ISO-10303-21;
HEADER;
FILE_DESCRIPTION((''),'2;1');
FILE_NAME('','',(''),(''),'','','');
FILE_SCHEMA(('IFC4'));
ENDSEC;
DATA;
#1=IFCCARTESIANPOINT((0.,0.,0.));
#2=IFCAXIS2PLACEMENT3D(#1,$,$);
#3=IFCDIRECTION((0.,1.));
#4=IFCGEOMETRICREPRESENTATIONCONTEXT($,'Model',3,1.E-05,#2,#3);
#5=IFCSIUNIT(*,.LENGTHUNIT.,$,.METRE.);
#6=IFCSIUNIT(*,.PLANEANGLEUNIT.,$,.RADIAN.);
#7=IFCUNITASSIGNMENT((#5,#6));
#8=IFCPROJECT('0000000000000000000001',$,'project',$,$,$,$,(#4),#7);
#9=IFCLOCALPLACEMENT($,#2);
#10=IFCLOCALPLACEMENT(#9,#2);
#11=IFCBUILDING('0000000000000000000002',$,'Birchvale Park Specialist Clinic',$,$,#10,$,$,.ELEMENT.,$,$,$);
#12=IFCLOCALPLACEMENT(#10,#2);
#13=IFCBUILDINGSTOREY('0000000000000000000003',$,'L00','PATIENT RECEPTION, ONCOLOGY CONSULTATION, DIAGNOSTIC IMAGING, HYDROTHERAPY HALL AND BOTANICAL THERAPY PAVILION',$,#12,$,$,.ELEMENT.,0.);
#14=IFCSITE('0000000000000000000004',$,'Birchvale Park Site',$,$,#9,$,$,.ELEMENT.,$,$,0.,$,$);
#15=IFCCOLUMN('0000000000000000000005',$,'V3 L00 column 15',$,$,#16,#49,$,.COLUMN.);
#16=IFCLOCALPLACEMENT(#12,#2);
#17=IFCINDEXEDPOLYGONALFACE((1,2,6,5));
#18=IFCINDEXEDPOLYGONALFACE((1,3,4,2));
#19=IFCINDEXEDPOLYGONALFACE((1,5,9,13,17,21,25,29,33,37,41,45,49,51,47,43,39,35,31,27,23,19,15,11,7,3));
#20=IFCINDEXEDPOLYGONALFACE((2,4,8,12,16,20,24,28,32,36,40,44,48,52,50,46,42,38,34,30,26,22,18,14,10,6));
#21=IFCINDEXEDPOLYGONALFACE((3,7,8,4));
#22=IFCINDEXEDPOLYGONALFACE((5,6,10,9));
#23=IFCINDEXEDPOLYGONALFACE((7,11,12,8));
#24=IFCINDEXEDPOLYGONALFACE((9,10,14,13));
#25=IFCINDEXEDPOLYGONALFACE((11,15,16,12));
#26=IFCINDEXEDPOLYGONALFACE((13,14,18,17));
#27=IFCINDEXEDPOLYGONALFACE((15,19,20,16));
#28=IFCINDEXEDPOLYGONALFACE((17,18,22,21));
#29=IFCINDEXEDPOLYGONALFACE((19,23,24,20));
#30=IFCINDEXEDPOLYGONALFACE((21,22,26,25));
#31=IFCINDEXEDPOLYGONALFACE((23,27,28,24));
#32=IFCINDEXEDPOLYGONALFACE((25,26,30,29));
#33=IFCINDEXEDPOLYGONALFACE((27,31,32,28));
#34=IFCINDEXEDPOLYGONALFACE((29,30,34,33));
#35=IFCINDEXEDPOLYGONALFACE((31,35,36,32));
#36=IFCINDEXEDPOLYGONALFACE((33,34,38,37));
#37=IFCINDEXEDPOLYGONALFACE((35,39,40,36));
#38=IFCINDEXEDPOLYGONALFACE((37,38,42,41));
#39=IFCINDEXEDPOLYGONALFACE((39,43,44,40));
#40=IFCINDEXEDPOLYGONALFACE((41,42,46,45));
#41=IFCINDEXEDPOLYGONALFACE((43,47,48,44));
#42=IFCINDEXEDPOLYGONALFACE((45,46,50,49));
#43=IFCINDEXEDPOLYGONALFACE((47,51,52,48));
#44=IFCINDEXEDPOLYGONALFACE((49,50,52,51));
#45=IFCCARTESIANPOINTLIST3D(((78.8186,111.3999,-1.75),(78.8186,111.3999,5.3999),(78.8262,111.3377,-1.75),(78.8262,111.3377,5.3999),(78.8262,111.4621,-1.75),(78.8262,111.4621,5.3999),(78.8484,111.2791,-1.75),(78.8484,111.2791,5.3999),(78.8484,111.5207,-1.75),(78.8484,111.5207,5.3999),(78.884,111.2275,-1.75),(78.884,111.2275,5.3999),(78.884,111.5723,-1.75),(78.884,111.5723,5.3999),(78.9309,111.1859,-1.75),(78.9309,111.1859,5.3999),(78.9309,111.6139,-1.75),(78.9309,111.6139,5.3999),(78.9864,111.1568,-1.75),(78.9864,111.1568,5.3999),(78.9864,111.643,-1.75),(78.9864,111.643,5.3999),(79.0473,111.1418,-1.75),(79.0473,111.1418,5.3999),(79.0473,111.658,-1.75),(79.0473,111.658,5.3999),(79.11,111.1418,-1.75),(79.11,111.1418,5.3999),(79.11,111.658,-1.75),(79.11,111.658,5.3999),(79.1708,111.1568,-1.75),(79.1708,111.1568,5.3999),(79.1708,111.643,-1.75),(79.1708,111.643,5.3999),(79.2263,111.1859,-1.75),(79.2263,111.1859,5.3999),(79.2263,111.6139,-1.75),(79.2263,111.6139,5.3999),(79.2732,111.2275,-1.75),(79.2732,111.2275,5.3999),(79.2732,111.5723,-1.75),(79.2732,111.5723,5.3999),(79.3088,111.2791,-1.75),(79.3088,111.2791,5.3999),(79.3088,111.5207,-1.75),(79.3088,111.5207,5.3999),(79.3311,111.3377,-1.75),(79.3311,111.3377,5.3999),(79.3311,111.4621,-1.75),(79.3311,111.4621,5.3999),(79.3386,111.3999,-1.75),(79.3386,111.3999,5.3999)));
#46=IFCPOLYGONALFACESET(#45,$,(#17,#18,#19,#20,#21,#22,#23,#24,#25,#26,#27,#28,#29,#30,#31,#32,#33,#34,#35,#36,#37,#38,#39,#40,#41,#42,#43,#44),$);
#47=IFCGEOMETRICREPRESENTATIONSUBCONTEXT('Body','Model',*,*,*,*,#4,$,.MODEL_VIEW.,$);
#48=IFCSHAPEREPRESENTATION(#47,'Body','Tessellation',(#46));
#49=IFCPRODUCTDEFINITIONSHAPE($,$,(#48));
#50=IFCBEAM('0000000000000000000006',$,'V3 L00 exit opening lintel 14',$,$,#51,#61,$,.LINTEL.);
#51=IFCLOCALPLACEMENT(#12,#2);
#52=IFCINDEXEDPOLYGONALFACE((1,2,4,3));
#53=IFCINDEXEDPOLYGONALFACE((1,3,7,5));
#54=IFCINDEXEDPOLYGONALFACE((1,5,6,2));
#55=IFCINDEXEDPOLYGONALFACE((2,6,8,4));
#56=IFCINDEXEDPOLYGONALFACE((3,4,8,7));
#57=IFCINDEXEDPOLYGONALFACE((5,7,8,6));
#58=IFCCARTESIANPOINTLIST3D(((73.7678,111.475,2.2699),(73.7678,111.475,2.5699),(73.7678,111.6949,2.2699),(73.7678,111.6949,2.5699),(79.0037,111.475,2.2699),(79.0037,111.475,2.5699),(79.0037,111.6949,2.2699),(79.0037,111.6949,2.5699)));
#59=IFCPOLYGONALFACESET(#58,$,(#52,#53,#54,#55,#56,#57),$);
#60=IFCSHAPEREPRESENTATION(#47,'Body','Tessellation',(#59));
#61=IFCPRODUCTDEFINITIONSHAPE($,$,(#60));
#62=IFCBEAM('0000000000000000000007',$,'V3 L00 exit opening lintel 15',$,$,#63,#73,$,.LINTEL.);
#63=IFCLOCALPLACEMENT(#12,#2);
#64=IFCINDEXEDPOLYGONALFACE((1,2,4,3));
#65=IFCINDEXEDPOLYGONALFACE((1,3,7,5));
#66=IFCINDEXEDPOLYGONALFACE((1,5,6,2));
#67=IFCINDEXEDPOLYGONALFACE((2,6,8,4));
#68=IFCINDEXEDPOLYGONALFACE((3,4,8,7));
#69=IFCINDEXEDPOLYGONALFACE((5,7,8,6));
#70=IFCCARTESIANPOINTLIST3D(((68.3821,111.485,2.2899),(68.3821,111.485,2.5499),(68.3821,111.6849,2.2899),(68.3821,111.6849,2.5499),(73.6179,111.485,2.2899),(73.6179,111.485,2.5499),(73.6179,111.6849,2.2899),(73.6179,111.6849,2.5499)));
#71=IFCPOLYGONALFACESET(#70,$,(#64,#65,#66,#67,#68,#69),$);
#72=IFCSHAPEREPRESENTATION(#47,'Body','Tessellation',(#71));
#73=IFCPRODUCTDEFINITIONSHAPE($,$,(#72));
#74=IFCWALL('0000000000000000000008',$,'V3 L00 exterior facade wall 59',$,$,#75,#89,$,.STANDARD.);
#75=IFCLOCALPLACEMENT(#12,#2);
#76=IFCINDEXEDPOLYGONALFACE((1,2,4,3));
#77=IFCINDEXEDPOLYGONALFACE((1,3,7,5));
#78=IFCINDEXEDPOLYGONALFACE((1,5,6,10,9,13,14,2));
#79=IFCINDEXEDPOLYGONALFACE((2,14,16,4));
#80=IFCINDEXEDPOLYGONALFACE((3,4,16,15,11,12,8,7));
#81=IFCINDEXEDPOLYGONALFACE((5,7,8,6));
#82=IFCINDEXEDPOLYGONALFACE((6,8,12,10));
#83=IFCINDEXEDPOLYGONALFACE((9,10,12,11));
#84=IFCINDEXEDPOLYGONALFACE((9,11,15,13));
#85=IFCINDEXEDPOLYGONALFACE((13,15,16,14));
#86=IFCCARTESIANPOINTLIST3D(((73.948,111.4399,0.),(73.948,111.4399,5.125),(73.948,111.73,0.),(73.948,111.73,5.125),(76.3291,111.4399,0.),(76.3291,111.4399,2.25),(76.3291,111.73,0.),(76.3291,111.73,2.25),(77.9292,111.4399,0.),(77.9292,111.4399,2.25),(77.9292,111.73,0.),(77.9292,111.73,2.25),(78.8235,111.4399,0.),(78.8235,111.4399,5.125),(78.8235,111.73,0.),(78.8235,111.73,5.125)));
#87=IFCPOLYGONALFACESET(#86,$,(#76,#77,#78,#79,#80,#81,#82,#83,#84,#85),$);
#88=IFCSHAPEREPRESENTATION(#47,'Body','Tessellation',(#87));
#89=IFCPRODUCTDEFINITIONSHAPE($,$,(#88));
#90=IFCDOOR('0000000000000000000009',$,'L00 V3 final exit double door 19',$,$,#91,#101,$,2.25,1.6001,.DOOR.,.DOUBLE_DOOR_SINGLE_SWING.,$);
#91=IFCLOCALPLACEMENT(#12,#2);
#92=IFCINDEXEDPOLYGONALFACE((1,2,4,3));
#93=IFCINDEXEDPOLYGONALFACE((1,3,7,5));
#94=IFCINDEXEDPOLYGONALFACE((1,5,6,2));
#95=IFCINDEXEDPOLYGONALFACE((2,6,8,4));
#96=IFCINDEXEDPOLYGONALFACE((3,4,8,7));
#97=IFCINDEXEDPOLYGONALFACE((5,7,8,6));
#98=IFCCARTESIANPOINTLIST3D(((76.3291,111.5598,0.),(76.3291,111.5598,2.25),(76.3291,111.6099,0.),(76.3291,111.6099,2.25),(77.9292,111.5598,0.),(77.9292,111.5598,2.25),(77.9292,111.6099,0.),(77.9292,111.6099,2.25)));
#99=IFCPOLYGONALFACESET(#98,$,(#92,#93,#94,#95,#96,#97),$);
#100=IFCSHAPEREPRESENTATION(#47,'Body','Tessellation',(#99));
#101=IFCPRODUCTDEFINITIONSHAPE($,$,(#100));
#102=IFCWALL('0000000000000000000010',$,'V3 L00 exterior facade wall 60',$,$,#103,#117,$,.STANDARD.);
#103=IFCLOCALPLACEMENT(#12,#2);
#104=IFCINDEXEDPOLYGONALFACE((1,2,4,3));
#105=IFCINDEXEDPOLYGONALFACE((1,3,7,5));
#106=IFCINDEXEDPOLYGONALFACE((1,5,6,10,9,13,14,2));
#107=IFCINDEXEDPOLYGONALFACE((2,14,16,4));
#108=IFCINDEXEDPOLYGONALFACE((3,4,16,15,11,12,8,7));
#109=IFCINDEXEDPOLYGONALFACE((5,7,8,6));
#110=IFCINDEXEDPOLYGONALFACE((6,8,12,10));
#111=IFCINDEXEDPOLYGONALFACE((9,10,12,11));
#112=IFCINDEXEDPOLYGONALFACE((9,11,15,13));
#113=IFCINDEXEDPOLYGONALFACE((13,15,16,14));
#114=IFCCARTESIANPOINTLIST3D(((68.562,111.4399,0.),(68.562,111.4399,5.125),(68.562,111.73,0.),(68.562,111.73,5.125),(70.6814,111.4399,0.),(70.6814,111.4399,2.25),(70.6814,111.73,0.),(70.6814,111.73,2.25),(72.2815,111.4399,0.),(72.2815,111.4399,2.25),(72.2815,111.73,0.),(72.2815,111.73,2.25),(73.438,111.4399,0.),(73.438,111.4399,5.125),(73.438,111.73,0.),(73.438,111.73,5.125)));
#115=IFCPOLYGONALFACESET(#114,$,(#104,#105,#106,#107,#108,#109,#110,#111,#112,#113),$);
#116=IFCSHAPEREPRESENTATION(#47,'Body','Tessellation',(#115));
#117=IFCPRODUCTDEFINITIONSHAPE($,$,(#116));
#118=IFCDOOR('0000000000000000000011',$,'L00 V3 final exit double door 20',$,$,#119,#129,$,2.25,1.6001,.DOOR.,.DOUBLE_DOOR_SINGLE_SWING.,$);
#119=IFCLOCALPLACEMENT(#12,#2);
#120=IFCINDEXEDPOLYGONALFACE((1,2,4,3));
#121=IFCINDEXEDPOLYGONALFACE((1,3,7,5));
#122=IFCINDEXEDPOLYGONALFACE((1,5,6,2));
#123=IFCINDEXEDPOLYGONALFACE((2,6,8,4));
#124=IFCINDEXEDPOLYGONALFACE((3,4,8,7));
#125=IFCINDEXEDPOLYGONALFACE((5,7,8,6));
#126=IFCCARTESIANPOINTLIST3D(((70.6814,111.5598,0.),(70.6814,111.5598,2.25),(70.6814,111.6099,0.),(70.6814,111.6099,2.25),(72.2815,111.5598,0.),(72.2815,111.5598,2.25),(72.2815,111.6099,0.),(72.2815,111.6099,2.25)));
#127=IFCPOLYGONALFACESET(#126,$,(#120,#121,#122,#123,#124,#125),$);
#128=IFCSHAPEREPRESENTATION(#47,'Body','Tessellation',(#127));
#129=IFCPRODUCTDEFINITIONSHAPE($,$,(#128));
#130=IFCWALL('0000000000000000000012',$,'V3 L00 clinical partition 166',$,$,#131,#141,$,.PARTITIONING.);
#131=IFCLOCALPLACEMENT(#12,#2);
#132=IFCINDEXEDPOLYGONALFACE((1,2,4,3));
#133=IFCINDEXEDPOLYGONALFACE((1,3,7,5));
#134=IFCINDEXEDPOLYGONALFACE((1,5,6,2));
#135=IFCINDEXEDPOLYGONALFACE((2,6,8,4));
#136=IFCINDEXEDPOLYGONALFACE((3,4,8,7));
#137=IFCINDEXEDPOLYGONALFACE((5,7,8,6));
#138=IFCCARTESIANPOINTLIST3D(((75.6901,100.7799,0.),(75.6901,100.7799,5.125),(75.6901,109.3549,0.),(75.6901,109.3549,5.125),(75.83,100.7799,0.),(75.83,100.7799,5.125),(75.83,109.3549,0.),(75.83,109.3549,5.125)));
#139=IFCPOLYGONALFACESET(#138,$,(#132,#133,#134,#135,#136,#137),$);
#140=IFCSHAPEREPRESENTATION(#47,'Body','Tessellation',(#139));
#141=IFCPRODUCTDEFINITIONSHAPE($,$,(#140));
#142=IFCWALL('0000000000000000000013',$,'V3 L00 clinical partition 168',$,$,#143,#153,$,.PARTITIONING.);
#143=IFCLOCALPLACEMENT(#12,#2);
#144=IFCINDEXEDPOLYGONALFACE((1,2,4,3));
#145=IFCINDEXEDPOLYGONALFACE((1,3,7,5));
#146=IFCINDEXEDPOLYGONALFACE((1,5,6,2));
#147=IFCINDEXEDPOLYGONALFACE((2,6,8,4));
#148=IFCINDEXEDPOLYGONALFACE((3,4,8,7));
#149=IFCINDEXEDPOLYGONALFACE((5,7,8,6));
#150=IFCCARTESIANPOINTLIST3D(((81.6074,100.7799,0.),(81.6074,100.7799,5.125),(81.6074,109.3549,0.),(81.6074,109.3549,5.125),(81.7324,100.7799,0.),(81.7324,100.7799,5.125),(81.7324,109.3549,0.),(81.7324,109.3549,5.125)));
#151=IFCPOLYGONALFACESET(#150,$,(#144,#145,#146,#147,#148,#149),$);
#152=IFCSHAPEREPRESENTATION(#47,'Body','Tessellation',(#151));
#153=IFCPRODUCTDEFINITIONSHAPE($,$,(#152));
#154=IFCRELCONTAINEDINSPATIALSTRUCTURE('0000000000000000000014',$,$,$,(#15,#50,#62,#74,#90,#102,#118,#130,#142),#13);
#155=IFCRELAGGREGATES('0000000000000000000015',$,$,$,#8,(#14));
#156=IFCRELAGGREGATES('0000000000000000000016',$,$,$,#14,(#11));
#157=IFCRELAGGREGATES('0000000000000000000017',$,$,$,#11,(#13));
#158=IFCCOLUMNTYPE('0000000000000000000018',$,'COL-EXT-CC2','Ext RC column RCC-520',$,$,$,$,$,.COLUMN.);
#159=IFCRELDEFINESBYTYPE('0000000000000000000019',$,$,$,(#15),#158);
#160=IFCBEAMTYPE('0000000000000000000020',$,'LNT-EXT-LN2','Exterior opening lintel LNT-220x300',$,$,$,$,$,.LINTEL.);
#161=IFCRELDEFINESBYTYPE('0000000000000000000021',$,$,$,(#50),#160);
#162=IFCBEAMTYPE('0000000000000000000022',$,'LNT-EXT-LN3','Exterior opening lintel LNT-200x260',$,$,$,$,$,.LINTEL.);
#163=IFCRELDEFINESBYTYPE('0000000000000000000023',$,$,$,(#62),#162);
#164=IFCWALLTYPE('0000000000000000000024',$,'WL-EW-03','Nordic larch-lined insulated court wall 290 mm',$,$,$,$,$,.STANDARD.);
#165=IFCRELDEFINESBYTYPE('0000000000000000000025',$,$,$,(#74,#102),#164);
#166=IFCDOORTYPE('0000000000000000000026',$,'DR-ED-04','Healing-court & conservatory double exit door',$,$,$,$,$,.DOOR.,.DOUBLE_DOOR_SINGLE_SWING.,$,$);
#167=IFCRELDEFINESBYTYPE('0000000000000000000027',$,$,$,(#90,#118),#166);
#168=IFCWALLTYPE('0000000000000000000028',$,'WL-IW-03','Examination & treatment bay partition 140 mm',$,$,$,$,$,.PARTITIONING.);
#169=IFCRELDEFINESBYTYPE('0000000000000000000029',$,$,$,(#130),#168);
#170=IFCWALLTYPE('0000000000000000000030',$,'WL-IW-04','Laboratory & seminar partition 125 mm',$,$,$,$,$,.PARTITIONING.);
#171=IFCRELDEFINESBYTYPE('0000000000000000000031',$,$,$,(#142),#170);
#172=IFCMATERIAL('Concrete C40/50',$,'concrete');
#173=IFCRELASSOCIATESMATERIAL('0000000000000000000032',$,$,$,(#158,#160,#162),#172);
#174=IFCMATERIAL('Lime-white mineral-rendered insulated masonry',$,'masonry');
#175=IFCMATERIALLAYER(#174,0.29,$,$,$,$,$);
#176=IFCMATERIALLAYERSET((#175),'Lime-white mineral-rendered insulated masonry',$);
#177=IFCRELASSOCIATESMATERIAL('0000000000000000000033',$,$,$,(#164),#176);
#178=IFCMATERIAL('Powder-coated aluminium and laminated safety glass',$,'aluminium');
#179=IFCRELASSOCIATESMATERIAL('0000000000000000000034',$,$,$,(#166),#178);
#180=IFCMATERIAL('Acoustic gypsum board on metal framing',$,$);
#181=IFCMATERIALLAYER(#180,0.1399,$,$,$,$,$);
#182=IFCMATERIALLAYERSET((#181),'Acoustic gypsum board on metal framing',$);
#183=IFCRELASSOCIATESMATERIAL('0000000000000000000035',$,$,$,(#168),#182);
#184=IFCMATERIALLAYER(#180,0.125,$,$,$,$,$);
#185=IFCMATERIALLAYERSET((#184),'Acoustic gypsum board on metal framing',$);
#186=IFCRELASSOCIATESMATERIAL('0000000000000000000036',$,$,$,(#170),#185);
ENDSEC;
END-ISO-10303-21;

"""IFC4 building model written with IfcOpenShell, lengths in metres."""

from ifc_helpers import new_model, si_unit, direction, frame, frame_2d, origin, origin_2d, place, context, subcontext, project, spatial, rectangle, circle, extrude, material, layer, layer_set, material_profile, profile_set, type_object, element, fill, save


model = new_model("IFC4")

# Units and contexts
model_context = context("Model", 3, precision=1e-05, world=origin(), true_north=direction((0.0, 1.0)))
body_context = subcontext(model_context, "Body", "Model", "MODEL_VIEW")
ifc_project = project(units=[si_unit("LENGTHUNIT", "METRE"), si_unit("PLANEANGLEUNIT", "RADIAN")], contexts=[model_context])

# Site, building, storey
site_placement = place(None, origin())
site = spatial("IfcSite", under=ifc_project, at=site_placement, Name="Birchvale Park Site", CompositionType="ELEMENT", RefElevation=0.0)
building_placement = place(site_placement, origin())
building = spatial("IfcBuilding", under=site, at=building_placement, Name="Birchvale Park Specialist Clinic", CompositionType="ELEMENT")
storey_placement = place(building_placement, origin())
storey = spatial("IfcBuildingStorey", under=building, at=storey_placement, Name="L00", Description="PATIENT RECEPTION, ONCOLOGY CONSULTATION, DIAGNOSTIC IMAGING, HYDROTHERAPY HALL AND BOTANICAL THERAPY PAVILION", CompositionType="ELEMENT", Elevation=0.0)

# Shared definitions
ifc_material_1 = material(Name="Concrete C40/50", Category="concrete")

# Column
ifc_material_profile_1 = material_profile(ifc_material_1, circle(Radius=0.26, at=origin_2d()), Name="RCC-520")
ifc_profile_set_1 = profile_set([ifc_material_profile_1], Name="Concrete C40/50")
column_type = type_object("IfcColumnType", Name="COL-EXT-CC2", Description="Ext RC column RCC-520", PredefinedType="COLUMN", material=ifc_profile_set_1)
for number, where, z_axis, x_axis, name in (
    (1, (79.0786, 111.3999, -1.75), (0.0, 0.0, 1.0), (1.0, 0.0, 0.0), "V3 L00 column 15"),
):
    element("IfcColumn", number, at=place(storey_placement, frame(where, z_axis=z_axis, x_axis=x_axis)), inside=storey, type_object=column_type, Name=name, PredefinedType="COLUMN", context=body_context, shape_type="SweptSolid", body=[
        extrude(circle(Radius=0.26, at=origin_2d()), origin(), (0.0, 0.0, 1.0), 7.1499),
    ])

# Beams
ifc_material_profile_2 = material_profile(ifc_material_1, rectangle(XDim=0.22, YDim=0.3, at=origin_2d()), Name="LNT-220x300")
ifc_profile_set_2 = profile_set([ifc_material_profile_2], Name="Concrete C40/50")
beam_type_1 = type_object("IfcBeamType", Name="LNT-EXT-LN2", Description="Exterior opening lintel LNT-220x300", PredefinedType="LINTEL", material=ifc_profile_set_2)
beam_1_placement = place(storey_placement, frame((79.0037, 111.585, 2.4199), z_axis=(-1.0, 0.0, 0.0), x_axis=(0.0, -1.0, 0.0)))
element("IfcBeam", 2, at=beam_1_placement, inside=storey, type_object=beam_type_1, Name="V3 L00 exit opening lintel 14", PredefinedType="LINTEL", context=body_context, shape_type="SweptSolid", body=[
    extrude(rectangle(XDim=0.22, YDim=0.3, at=origin_2d()), origin(), (0.0, 0.0, 1.0), 5.2358),
])
ifc_material_profile_3 = material_profile(ifc_material_1, rectangle(XDim=0.2, YDim=0.26, at=origin_2d()), Name="LNT-200x260")
ifc_profile_set_3 = profile_set([ifc_material_profile_3], Name="Concrete C40/50")
beam_type_2 = type_object("IfcBeamType", Name="LNT-EXT-LN3", Description="Exterior opening lintel LNT-200x260", PredefinedType="LINTEL", material=ifc_profile_set_3)
beam_2_placement = place(storey_placement, frame((73.6179, 111.585, 2.4199), z_axis=(-1.0, 0.0, 0.0), x_axis=(0.0, -1.0, 0.0)))
element("IfcBeam", 3, at=beam_2_placement, inside=storey, type_object=beam_type_2, Name="V3 L00 exit opening lintel 15", PredefinedType="LINTEL", context=body_context, shape_type="SweptSolid", body=[
    extrude(rectangle(XDim=0.2, YDim=0.26, at=origin_2d()), origin(), (0.0, 0.0, 1.0), 5.2358),
])

# Walls, openings, doors
ifc_material_2 = material(Name="Lime-white mineral-rendered insulated masonry", Category="masonry")
ifc_layer_1 = layer(ifc_material_2, 0.29)
ifc_layer_set_1 = layer_set([ifc_layer_1], Name="Lime-white mineral-rendered insulated masonry")
wall_type_1 = type_object("IfcWallType", Name="WL-EW-03", Description="Nordic larch-lined insulated court wall 290 mm", PredefinedType="STANDARD", material=ifc_layer_set_1)
wall_1_placement = place(storey_placement, frame((78.8235, 111.585, 0.0), z_axis=(0.0, 0.0, 1.0), x_axis=(-1.0, 0.0, 0.0)))
wall_1 = element("IfcWall", 4, at=wall_1_placement, inside=storey, type_object=wall_type_1, Name="V3 L00 exterior facade wall 59", PredefinedType="STANDARD", context=body_context, shape_type="SweptSolid", body=[
    extrude(rectangle(XDim=4.8755, YDim=0.29, at=frame_2d((2.4377, 0.0))), origin(), (0.0, 0.0, 1.0), 5.125),
])
opening_1_placement = place(wall_1_placement, frame((0.8943, 0.0, 0.0)))
opening_1 = element("IfcOpeningElement", 5, at=opening_1_placement, cuts=wall_1, PredefinedType="OPENING", context=body_context, shape_type="SweptSolid", body=[
    extrude(rectangle(XDim=1.6001, YDim=2.25, at=frame_2d((0.8, 1.125))), frame((0.0, 0.155, 0.0), z_axis=(0.0, -1.0, 0.0), x_axis=(1.0, 0.0, 0.0)), (0.0, 0.0, 1.0), 0.3101),
])
ifc_material_3 = material(Name="Powder-coated aluminium and laminated safety glass", Category="aluminium")
door_type_1 = type_object("IfcDoorType", Name="DR-ED-04", Description="Healing-court & conservatory double exit door", OperationType="DOUBLE_DOOR_SINGLE_SWING", PredefinedType="DOOR", material=ifc_material_3)
door_1_placement = place(opening_1_placement, frame((1.6001, 0.0, 0.0), z_axis=(0.0, 0.0, 1.0), x_axis=(-1.0, 0.0, 0.0)))
door_1 = element("IfcDoor", 6, at=door_1_placement, inside=storey, type_object=door_type_1, Name="L00 V3 final exit double door 19", OperationType="DOUBLE_DOOR_SINGLE_SWING", OverallHeight=2.25, OverallWidth=1.6001, PredefinedType="DOOR", context=body_context, shape_type="SweptSolid", body=[
    extrude(rectangle(XDim=1.6001, YDim=2.25, at=frame_2d((0.8, 1.125))), frame((0.0, 0.0249, 0.0), z_axis=(0.0, -1.0, 0.0), x_axis=(1.0, 0.0, 0.0)), (0.0, 0.0, 1.0), 0.05),
])
fill(opening_1, door_1)
wall_2_placement = place(storey_placement, frame((73.438, 111.585, 0.0), z_axis=(0.0, 0.0, 1.0), x_axis=(-1.0, 0.0, 0.0)))
wall_2 = element("IfcWall", 7, at=wall_2_placement, inside=storey, type_object=wall_type_1, Name="V3 L00 exterior facade wall 60", PredefinedType="STANDARD", context=body_context, shape_type="SweptSolid", body=[
    extrude(rectangle(XDim=4.876, YDim=0.29, at=frame_2d((2.438, 0.0))), origin(), (0.0, 0.0, 1.0), 5.125),
])
opening_2_placement = place(wall_2_placement, frame((1.1565, 0.0, 0.0)))
opening_2 = element("IfcOpeningElement", 8, at=opening_2_placement, cuts=wall_2, PredefinedType="OPENING", context=body_context, shape_type="SweptSolid", body=[
    extrude(rectangle(XDim=1.6001, YDim=2.25, at=frame_2d((0.8, 1.125))), frame((0.0, 0.155, 0.0), z_axis=(0.0, -1.0, 0.0), x_axis=(1.0, 0.0, 0.0)), (0.0, 0.0, 1.0), 0.3101),
])
door_2_placement = place(opening_2_placement, frame((1.6001, 0.0, 0.0), z_axis=(0.0, 0.0, 1.0), x_axis=(-1.0, 0.0, 0.0)))
door_2 = element("IfcDoor", 9, at=door_2_placement, inside=storey, type_object=door_type_1, Name="L00 V3 final exit double door 20", OperationType="DOUBLE_DOOR_SINGLE_SWING", OverallHeight=2.25, OverallWidth=1.6001, PredefinedType="DOOR", context=body_context, shape_type="SweptSolid", body=[
    extrude(rectangle(XDim=1.6001, YDim=2.25, at=frame_2d((0.8, 1.125))), frame((0.0, 0.0249, 0.0), z_axis=(0.0, -1.0, 0.0), x_axis=(1.0, 0.0, 0.0)), (0.0, 0.0, 1.0), 0.05),
])
fill(opening_2, door_2)

# Walls
ifc_material_4 = material(Name="Acoustic gypsum board on metal framing")
ifc_layer_2 = layer(ifc_material_4, 0.1399)
ifc_layer_set_2 = layer_set([ifc_layer_2], Name="Acoustic gypsum board on metal framing")
wall_type_2 = type_object("IfcWallType", Name="WL-IW-03", Description="Examination & treatment bay partition 140 mm", PredefinedType="PARTITIONING", material=ifc_layer_set_2)
wall_3_placement = place(storey_placement, frame((75.76, 109.355, 0.0), z_axis=(0.0, 0.0, 1.0), x_axis=(0.0, -1.0, 0.0)))
element("IfcWall", 10, at=wall_3_placement, inside=storey, type_object=wall_type_2, Name="V3 L00 clinical partition 166", PredefinedType="PARTITIONING", context=body_context, shape_type="SweptSolid", body=[
    extrude(rectangle(XDim=8.575, YDim=0.1399, at=frame_2d((4.2876, 0.0))), origin(), (0.0, 0.0, 1.0), 5.125),
])
ifc_layer_3 = layer(ifc_material_4, 0.125)
ifc_layer_set_3 = layer_set([ifc_layer_3], Name="Acoustic gypsum board on metal framing")
wall_type_3 = type_object("IfcWallType", Name="WL-IW-04", Description="Laboratory & seminar partition 125 mm", PredefinedType="PARTITIONING", material=ifc_layer_set_3)
wall_4_placement = place(storey_placement, frame((81.6699, 109.355, 0.0), z_axis=(0.0, 0.0, 1.0), x_axis=(0.0, -1.0, 0.0)))
element("IfcWall", 11, at=wall_4_placement, inside=storey, type_object=wall_type_3, Name="V3 L00 clinical partition 168", PredefinedType="PARTITIONING", context=body_context, shape_type="SweptSolid", body=[
    extrude(rectangle(XDim=8.575, YDim=0.125, at=frame_2d((4.2876, 0.0))), origin(), (0.0, 0.0, 1.0), 5.125),
])

save(model, "model.ifc")
